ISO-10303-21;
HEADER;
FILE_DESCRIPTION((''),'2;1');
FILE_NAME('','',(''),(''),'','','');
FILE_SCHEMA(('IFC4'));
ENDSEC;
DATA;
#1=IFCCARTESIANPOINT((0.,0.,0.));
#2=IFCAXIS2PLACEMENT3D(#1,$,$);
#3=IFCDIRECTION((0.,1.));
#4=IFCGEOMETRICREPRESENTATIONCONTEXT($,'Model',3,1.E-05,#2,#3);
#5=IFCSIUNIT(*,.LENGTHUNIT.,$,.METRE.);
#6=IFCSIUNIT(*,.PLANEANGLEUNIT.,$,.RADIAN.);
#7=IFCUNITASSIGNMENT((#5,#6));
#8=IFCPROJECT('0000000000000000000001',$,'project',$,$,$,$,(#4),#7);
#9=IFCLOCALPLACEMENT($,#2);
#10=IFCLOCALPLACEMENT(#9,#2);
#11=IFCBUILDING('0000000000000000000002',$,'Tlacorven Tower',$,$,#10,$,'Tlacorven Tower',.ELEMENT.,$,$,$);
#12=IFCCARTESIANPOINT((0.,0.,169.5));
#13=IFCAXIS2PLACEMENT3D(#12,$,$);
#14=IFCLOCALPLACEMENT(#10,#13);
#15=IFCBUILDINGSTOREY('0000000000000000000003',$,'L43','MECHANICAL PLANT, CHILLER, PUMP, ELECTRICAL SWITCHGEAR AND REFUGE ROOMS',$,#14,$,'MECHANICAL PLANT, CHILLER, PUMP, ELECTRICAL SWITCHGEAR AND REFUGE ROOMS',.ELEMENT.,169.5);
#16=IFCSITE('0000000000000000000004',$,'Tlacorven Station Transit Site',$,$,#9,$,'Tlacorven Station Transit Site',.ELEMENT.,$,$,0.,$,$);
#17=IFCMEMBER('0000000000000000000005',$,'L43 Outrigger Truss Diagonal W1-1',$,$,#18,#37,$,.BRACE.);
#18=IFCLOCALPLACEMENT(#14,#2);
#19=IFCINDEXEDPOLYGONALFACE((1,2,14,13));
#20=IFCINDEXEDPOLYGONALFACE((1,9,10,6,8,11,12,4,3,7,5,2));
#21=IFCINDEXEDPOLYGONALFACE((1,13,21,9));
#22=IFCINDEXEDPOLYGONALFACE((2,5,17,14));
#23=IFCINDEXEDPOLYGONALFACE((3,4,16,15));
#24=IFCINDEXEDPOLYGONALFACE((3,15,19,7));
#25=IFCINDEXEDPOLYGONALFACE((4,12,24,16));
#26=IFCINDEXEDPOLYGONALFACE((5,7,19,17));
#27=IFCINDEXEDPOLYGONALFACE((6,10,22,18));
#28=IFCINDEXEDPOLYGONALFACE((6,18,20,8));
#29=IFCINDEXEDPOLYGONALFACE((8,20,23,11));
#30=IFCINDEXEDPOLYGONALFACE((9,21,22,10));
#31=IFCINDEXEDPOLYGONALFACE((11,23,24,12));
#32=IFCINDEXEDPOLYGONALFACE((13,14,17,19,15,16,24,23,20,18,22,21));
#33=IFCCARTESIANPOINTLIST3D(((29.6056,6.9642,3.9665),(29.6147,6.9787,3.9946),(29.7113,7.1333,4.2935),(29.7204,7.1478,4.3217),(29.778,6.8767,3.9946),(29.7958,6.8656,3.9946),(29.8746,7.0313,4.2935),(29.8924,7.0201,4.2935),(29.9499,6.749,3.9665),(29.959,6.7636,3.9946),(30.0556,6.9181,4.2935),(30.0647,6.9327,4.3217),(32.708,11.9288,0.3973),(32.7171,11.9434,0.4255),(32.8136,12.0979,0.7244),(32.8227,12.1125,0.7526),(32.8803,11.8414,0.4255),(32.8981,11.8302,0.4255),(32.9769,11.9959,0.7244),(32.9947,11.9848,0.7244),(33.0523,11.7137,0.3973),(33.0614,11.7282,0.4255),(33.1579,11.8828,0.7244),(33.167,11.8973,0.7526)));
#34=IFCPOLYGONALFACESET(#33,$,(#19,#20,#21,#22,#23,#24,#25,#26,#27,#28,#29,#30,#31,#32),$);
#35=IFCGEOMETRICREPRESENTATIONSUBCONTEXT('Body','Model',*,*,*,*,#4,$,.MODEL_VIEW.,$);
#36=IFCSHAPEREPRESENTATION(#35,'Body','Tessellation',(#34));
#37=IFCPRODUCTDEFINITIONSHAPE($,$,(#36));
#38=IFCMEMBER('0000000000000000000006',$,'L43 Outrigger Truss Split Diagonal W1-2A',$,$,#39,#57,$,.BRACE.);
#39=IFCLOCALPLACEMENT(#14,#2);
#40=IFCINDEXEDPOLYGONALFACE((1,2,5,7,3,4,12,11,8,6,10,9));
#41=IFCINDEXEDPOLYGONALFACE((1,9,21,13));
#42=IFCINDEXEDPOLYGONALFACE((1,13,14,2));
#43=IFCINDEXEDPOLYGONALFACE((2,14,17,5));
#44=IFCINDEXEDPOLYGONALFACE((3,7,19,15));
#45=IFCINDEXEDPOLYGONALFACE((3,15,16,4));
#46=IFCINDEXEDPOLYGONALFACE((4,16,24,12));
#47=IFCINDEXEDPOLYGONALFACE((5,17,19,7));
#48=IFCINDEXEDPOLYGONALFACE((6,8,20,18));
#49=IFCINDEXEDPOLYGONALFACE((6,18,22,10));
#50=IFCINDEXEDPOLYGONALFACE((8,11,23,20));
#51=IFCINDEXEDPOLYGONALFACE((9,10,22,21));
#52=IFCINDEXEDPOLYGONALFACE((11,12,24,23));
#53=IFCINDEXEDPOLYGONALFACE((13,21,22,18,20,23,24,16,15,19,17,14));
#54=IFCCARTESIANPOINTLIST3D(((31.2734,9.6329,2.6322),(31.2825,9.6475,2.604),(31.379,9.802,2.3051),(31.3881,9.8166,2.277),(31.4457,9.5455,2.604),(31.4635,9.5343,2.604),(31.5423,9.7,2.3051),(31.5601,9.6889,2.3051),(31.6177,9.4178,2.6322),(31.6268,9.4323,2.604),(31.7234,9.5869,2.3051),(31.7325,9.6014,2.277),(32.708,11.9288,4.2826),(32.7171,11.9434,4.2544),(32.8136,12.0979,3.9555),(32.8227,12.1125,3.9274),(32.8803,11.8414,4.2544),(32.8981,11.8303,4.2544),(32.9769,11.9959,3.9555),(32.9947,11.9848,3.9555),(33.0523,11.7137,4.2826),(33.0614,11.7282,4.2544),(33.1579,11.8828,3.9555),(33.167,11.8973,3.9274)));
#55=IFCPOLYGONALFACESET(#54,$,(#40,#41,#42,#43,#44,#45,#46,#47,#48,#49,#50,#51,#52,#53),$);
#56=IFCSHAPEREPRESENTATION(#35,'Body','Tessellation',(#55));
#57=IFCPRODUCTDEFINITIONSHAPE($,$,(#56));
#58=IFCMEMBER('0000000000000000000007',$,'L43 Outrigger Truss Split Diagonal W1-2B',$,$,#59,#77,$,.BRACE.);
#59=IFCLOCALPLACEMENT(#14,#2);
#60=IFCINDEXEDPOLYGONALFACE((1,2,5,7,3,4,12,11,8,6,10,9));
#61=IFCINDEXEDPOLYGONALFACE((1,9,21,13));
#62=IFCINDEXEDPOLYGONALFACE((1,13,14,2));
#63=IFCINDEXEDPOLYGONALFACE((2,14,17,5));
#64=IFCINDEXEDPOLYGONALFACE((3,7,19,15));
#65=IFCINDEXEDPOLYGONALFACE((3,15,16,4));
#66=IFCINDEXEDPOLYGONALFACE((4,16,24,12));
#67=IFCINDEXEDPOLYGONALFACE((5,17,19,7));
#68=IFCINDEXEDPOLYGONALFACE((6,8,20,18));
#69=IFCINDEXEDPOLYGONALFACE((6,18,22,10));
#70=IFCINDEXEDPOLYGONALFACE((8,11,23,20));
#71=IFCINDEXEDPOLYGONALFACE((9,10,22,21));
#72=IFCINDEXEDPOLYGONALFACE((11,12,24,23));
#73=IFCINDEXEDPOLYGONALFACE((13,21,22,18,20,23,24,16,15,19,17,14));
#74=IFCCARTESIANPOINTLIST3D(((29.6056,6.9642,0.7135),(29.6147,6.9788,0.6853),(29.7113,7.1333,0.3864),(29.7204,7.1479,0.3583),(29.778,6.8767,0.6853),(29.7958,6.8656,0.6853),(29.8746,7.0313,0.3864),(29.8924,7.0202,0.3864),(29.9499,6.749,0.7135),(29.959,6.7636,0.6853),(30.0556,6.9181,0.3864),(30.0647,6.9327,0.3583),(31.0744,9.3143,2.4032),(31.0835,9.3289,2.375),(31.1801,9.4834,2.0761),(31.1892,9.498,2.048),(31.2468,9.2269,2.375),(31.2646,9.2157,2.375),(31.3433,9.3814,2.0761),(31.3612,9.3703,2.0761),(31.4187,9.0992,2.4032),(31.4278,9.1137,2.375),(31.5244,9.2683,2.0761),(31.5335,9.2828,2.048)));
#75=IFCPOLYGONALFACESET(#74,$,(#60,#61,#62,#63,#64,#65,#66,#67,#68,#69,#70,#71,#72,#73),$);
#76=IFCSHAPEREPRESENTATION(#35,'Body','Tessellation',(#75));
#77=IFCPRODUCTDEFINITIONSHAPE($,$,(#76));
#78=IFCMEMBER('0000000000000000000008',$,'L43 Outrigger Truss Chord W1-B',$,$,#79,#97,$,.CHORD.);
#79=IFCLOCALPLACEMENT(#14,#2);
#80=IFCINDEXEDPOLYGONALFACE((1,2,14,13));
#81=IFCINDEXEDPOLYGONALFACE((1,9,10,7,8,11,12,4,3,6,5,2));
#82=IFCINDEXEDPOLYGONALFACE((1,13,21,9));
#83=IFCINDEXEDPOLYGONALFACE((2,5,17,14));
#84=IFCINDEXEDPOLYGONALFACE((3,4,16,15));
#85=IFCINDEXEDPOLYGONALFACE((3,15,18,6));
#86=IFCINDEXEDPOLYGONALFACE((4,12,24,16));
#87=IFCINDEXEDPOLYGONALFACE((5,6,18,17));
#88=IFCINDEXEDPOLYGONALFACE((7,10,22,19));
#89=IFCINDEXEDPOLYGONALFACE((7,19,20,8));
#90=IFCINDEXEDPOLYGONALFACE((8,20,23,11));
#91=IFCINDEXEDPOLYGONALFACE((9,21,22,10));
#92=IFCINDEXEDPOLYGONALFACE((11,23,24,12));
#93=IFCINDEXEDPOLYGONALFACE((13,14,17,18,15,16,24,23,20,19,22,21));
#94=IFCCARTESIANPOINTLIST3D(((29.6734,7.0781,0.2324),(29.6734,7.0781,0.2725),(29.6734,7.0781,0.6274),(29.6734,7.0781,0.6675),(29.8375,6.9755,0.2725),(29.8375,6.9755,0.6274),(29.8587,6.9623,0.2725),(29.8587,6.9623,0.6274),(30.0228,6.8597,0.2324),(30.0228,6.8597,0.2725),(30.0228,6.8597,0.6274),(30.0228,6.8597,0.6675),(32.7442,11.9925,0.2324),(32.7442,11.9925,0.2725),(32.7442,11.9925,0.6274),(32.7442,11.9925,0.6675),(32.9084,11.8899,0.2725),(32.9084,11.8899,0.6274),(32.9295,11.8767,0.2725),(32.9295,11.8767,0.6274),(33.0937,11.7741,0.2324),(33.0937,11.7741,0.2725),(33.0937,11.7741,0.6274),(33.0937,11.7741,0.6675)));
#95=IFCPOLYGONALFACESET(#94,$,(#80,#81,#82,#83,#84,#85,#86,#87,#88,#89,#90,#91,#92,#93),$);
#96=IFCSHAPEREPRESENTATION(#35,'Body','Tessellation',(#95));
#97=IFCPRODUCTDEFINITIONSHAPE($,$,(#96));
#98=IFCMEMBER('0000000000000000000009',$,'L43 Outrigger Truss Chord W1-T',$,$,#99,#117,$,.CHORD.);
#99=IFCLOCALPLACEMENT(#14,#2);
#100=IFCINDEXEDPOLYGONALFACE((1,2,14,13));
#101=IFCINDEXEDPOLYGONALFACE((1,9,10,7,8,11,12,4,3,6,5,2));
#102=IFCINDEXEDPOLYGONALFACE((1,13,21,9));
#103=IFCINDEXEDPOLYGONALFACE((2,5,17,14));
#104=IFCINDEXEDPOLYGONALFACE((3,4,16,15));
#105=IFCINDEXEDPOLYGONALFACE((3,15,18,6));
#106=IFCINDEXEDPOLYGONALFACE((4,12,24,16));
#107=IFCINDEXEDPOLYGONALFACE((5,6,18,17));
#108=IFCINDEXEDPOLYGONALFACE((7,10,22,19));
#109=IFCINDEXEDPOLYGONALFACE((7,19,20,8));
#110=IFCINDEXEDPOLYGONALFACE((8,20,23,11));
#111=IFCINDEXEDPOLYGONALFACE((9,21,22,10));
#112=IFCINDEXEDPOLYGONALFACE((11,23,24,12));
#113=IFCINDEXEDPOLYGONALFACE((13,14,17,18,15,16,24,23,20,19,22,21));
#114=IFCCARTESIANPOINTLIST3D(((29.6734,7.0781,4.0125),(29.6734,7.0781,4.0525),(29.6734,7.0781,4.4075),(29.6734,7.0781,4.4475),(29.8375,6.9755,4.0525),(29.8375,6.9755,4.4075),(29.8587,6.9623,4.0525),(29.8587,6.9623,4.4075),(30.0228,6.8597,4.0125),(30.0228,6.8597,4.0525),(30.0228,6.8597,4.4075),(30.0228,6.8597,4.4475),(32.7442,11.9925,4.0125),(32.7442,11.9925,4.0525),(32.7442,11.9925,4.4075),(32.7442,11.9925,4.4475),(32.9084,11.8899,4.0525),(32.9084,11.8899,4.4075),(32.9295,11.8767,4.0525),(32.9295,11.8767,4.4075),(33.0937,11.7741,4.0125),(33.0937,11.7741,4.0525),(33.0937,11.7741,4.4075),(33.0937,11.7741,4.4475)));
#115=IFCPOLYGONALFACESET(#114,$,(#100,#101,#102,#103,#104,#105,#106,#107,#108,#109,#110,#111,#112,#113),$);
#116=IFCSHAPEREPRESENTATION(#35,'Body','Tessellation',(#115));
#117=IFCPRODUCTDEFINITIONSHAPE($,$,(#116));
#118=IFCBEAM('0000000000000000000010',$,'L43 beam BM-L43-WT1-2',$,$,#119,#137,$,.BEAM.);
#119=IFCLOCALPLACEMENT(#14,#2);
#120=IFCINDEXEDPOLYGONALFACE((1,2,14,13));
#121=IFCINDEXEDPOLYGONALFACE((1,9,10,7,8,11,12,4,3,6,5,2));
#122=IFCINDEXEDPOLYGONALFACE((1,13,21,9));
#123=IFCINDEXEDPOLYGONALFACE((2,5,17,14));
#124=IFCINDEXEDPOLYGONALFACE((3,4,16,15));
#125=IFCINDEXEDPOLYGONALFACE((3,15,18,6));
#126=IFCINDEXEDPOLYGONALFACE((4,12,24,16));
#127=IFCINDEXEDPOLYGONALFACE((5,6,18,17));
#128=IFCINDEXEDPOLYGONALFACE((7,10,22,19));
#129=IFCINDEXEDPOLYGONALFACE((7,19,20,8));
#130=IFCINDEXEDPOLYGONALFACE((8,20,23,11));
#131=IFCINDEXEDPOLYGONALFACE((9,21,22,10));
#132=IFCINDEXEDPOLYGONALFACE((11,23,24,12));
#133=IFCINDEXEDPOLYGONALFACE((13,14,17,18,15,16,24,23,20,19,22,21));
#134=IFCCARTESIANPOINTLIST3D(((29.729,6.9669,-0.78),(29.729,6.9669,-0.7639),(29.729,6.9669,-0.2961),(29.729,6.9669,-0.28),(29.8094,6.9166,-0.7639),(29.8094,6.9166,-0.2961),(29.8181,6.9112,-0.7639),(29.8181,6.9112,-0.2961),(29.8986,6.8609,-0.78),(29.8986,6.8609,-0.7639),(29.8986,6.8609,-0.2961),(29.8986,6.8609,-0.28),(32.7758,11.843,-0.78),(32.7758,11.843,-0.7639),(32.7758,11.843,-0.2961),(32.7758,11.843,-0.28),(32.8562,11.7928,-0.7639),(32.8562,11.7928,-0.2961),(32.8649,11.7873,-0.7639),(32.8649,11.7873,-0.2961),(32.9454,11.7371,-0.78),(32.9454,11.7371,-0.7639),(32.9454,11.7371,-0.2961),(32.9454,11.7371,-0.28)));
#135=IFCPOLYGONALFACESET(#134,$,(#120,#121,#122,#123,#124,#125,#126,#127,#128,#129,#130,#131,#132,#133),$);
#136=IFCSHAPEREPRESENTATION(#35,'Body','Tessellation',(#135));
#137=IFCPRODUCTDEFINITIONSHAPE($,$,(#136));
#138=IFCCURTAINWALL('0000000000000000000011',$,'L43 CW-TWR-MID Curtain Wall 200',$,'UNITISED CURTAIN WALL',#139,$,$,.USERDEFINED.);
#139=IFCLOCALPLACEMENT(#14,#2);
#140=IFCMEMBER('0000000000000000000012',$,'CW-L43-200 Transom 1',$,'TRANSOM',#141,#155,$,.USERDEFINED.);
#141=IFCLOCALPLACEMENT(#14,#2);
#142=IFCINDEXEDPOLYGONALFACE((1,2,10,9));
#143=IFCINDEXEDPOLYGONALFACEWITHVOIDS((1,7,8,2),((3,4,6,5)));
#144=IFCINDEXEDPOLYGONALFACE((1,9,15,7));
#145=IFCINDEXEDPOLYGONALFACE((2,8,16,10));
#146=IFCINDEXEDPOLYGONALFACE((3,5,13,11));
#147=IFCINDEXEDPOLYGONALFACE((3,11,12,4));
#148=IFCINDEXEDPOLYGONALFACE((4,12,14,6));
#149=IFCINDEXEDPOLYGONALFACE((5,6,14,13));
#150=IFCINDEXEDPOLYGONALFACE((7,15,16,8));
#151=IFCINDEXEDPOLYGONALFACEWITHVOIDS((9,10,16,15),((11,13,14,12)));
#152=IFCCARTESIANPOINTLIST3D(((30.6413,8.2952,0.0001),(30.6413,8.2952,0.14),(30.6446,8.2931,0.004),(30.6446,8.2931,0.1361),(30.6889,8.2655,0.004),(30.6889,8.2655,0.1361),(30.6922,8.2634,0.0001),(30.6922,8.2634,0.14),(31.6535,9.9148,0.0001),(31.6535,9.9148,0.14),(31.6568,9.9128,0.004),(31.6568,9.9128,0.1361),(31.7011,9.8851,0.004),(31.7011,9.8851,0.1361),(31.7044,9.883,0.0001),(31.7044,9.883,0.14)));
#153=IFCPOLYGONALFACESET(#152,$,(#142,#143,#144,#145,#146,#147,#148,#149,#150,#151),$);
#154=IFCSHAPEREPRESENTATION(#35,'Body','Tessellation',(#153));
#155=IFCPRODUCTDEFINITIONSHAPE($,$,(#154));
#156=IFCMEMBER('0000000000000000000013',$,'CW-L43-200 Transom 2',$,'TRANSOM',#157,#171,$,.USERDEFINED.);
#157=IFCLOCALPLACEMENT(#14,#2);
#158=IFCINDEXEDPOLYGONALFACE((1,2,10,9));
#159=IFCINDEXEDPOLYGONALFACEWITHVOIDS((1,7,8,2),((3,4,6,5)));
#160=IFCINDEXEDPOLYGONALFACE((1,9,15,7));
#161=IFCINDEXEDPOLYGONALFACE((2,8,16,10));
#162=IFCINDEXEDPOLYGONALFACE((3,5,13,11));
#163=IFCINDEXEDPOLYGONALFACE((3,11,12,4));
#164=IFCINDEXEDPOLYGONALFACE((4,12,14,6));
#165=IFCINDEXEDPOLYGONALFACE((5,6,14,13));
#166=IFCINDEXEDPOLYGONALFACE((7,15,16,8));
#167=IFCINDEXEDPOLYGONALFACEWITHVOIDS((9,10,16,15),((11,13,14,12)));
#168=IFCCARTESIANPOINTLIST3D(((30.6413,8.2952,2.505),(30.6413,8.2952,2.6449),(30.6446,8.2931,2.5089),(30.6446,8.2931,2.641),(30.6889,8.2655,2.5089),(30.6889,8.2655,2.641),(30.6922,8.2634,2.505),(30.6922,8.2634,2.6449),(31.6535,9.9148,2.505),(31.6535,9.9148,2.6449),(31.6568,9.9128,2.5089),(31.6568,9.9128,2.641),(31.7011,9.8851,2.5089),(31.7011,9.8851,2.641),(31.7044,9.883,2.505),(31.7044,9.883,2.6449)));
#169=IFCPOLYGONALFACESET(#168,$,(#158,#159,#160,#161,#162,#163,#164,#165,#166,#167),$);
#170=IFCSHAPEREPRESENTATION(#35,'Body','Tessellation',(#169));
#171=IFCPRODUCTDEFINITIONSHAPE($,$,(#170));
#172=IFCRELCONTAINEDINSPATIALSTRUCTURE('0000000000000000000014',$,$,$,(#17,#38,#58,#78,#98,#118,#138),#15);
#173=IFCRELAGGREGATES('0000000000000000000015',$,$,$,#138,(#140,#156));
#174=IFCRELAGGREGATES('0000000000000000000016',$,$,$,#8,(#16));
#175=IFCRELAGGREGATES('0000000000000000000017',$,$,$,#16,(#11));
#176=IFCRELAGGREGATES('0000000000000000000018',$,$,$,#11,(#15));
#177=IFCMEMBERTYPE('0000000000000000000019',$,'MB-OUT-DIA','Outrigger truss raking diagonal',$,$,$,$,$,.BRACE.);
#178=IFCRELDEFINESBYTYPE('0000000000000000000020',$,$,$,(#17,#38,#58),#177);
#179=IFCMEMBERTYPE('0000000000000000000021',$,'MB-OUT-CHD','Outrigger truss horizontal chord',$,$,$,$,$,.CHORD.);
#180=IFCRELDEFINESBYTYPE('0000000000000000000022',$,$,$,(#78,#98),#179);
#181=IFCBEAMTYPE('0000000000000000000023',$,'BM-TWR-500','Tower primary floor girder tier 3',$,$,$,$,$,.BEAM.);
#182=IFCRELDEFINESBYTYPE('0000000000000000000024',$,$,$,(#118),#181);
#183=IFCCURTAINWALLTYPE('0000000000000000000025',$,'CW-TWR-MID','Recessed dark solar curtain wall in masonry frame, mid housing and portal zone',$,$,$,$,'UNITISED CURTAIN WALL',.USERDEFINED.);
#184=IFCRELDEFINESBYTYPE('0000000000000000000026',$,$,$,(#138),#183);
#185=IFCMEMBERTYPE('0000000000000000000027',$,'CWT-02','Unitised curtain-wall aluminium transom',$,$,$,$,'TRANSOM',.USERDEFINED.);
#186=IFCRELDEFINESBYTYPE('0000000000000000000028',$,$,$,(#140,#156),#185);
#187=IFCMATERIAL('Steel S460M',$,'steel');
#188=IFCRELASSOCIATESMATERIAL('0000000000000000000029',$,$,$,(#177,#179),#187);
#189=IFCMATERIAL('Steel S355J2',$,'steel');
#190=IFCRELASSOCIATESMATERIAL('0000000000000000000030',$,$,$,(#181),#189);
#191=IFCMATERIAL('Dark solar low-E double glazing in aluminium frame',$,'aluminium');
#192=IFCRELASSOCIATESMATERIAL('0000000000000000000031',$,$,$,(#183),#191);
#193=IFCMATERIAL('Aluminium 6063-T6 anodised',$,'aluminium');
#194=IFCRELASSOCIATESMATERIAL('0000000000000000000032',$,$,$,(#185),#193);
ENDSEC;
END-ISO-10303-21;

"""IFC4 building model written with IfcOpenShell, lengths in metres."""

from ifc_helpers import new_model, si_unit, direction, frame, origin, origin_2d, place, context, subcontext, project, spatial, hollow_rectangle, i_section, extrude, source, transform, mapped, material, material_profile, profile_set, type_object, element, aggregate, save


model = new_model("IFC4")

# Units and contexts
model_context = context("Model", 3, precision=1e-05, world=origin(), true_north=direction((0.0, 1.0)))
body_context = subcontext(model_context, "Body", "Model", "MODEL_VIEW")
ifc_project = project(units=[si_unit("LENGTHUNIT", "METRE"), si_unit("PLANEANGLEUNIT", "RADIAN")], contexts=[model_context])

# Site, building, storey
site_placement = place(None, origin())
site = spatial("IfcSite", under=ifc_project, at=site_placement, Name="Tlacorven Station Transit Site", LongName="Tlacorven Station Transit Site", CompositionType="ELEMENT", RefElevation=0.0)
building_placement = place(site_placement, origin())
building = spatial("IfcBuilding", under=site, at=building_placement, Name="Tlacorven Tower", LongName="Tlacorven Tower", CompositionType="ELEMENT")
storey_placement = place(building_placement, frame((0.0, 0.0, 169.5)))
storey = spatial("IfcBuildingStorey", under=building, at=storey_placement, Name="L43", Description="MECHANICAL PLANT, CHILLER, PUMP, ELECTRICAL SWITCHGEAR AND REFUGE ROOMS", LongName="MECHANICAL PLANT, CHILLER, PUMP, ELECTRICAL SWITCHGEAR AND REFUGE ROOMS", CompositionType="ELEMENT", Elevation=169.5)

# Members
ifc_material_1 = material(Name="Steel S460M", Category="steel")
ifc_material_profile_1 = material_profile(ifc_material_1, i_section(OverallWidth=0.406, OverallDepth=0.416, WebThickness=0.021, FlangeThickness=0.033, at=origin_2d()), Name="HD 400X382")
ifc_profile_set_1 = profile_set([ifc_material_profile_1], Name="Steel S460M")
member_type_1 = type_object("IfcMemberType", Name="MB-OUT-DIA", Description="Outrigger truss raking diagonal", PredefinedType="BRACE", material=ifc_profile_set_1)
shared_shape_1 = source(origin(), body_context, "Body", "SweptSolid", [
    extrude(i_section(OverallWidth=0.406, OverallDepth=0.416, WebThickness=0.021, FlangeThickness=0.033, at=origin_2d()), origin(), (0.0, 0.0, 1.0), 6.8564),
])
member_1_placement = place(storey_placement, frame((32.9375, 11.9131, 0.575), z_axis=(-0.452469, -0.724085, 0.520551), x_axis=(0.848043, -0.529928, 0.0)))
element("IfcMember", 1, at=member_1_placement, inside=storey, type_object=member_type_1, Name="L43 Outrigger Truss Diagonal W1-1", PredefinedType="BRACE", context=body_context, shape_type="MappedRepresentation", body=[
    mapped(shared_shape_1, transform((0.0, 0.0, 0.0), scale=1.0)),
])
shared_shape_2 = source(origin(), body_context, "Body", "SweptSolid", [
    extrude(i_section(OverallWidth=0.406, OverallDepth=0.416, WebThickness=0.021, FlangeThickness=0.033, at=origin_2d()), origin(), (0.0, 0.0, 1.0), 3.1707),
])
member_2_placement = place(storey_placement, frame((32.9375, 11.9131, 4.105), z_axis=(-0.452455, -0.724113, -0.520524), x_axis=(0.848059, -0.529902, 0.0)))
element("IfcMember", 2, at=member_2_placement, inside=storey, type_object=member_type_1, Name="L43 Outrigger Truss Split Diagonal W1-2A", PredefinedType="BRACE", context=body_context, shape_type="MappedRepresentation", body=[
    mapped(shared_shape_2, transform((0.0, 0.0, 0.0), scale=1.0)),
])
shared_shape_3 = source(origin(), body_context, "Body", "SweptSolid", [
    extrude(i_section(OverallWidth=0.406, OverallDepth=0.416, WebThickness=0.021, FlangeThickness=0.033, at=origin_2d()), origin(), (0.0, 0.0, 1.0), 3.2458),
])
member_3_placement = place(storey_placement, frame((31.304, 9.2986, 2.2256), z_axis=(-0.452507, -0.724041, -0.520578), x_axis=(0.848008, -0.529983, 0.0)))
element("IfcMember", 3, at=member_3_placement, inside=storey, type_object=member_type_1, Name="L43 Outrigger Truss Split Diagonal W1-2B", PredefinedType="BRACE", context=body_context, shape_type="MappedRepresentation", body=[
    mapped(shared_shape_3, transform((0.0, 0.0, 0.0), scale=1.0)),
])
ifc_material_profile_2 = material_profile(ifc_material_1, i_section(OverallWidth=0.4121, OverallDepth=0.4351, WebThickness=0.0249, FlangeThickness=0.04, at=origin_2d()), Name="HD 400X463")
ifc_profile_set_2 = profile_set([ifc_material_profile_2], Name="Steel S460M")
member_type_2 = type_object("IfcMemberType", Name="MB-OUT-CHD", Description="Outrigger truss horizontal chord", PredefinedType="CHORD", material=ifc_profile_set_2)
shared_shape_4 = source(origin(), body_context, "Body", "SweptSolid", [
    extrude(i_section(OverallWidth=0.4121, OverallDepth=0.4351, WebThickness=0.0249, FlangeThickness=0.04, at=origin_2d()), origin(), (0.0, 0.0, 1.0), 5.7949),
])
for number, where, z_axis, x_axis, name in (
    (4, (32.9189, 11.8833, 0.45), (-0.529919, -0.848048, 0.0), (0.848048, -0.529919, 0.0), "L43 Outrigger Truss Chord W1-B"),
    (5, (32.9189, 11.8833, 4.23), (-0.529919, -0.848048, 0.0), (0.848048, -0.529919, 0.0), "L43 Outrigger Truss Chord W1-T"),
):
    element("IfcMember", number, at=place(storey_placement, frame(where, z_axis=z_axis, x_axis=x_axis)), inside=storey, type_object=member_type_2, Name=name, PredefinedType="CHORD", context=body_context, shape_type="MappedRepresentation", body=[
        mapped(shared_shape_4, transform((0.0, 0.0, 0.0), scale=1.0)),
    ])

# Beam
ifc_material_2 = material(Name="Steel S355J2", Category="steel")
ifc_material_profile_3 = material_profile(ifc_material_2, i_section(OverallWidth=0.2, OverallDepth=0.5, WebThickness=0.0103, FlangeThickness=0.0161, at=origin_2d()), Name="IPE 500")
ifc_profile_set_3 = profile_set([ifc_material_profile_3], Name="Steel S355J2")
beam_type = type_object("IfcBeamType", Name="BM-TWR-500", Description="Tower primary floor girder tier 3", PredefinedType="BEAM", material=ifc_profile_set_3)
shared_shape_5 = source(origin(), body_context, "Body", "SweptSolid", [
    extrude(i_section(OverallWidth=0.2, OverallDepth=0.5, WebThickness=0.0103, FlangeThickness=0.0161, at=origin_2d()), origin(), (0.0, 0.0, 1.0), 5.7498),
])
beam_placement = place(storey_placement, frame((32.8606, 11.79, -0.53), z_axis=(-0.529904, -0.848058, 0.0), x_axis=(0.848058, -0.529904, 0.0)))
element("IfcBeam", 6, at=beam_placement, inside=storey, type_object=beam_type, Name="L43 beam BM-L43-WT1-2", PredefinedType="BEAM", context=body_context, shape_type="MappedRepresentation", body=[
    mapped(shared_shape_5, transform((0.0, 0.0, 0.0), scale=1.0)),
])

# Curtain wall, members
ifc_material_3 = material(Name="Dark solar low-E double glazing in aluminium frame", Category="aluminium")
curtain_wall_type = type_object("IfcCurtainWallType", Name="CW-TWR-MID", Description="Recessed dark solar curtain wall in masonry frame, mid housing and portal zone", ElementType="UNITISED CURTAIN WALL", PredefinedType="USERDEFINED", material=ifc_material_3)
curtain_wall_1_placement = place(storey_placement, origin())
curtain_wall_1 = element("IfcCurtainWall", 7, at=curtain_wall_1_placement, inside=storey, type_object=curtain_wall_type, Name="L43 CW-TWR-MID Curtain Wall 200", ObjectType="UNITISED CURTAIN WALL", PredefinedType="USERDEFINED")
ifc_material_4 = material(Name="Aluminium 6063-T6 anodised", Category="aluminium")
ifc_material_profile_4 = material_profile(ifc_material_4, hollow_rectangle(XDim=0.0601, YDim=0.1399, WallThickness=0.0039, at=origin_2d()), Name="ALU TRANSOM 60X140")
ifc_profile_set_4 = profile_set([ifc_material_profile_4], Name="Aluminium 6063-T6 anodised")
member_type_3 = type_object("IfcMemberType", Name="CWT-02", Description="Unitised curtain-wall aluminium transom", ElementType="TRANSOM", PredefinedType="USERDEFINED", material=ifc_profile_set_4)
shared_shape_6 = source(origin(), body_context, "Body", "SweptSolid", [
    extrude(hollow_rectangle(XDim=0.0601, YDim=0.1399, WallThickness=0.0039, at=origin_2d()), origin(), (0.0, 0.0, 1.0), 1.9099),
])
member_4_placement = place(storey_placement, frame((31.679, 9.8989, 0.0701), z_axis=(-0.529976, -0.848013, 0.0), x_axis=(0.848013, -0.529976, 0.0)))
member_4 = element("IfcMember", 8, at=member_4_placement, type_object=member_type_3, Name="CW-L43-200 Transom 1", ObjectType="TRANSOM", PredefinedType="USERDEFINED", context=body_context, shape_type="MappedRepresentation", body=[
    mapped(shared_shape_6, transform((0.0, 0.0, 0.0), scale=1.0)),
])
member_5_placement = place(storey_placement, frame((31.679, 9.8989, 2.575), z_axis=(-0.529976, -0.848013, 0.0), x_axis=(0.848013, -0.529976, 0.0)))
member_5 = element("IfcMember", 9, at=member_5_placement, type_object=member_type_3, Name="CW-L43-200 Transom 2", ObjectType="TRANSOM", PredefinedType="USERDEFINED", context=body_context, shape_type="MappedRepresentation", body=[
    mapped(shared_shape_6, transform((0.0, 0.0, 0.0), scale=1.0)),
])

aggregate(curtain_wall_1, [member_4, member_5])

save(model, "model.ifc")
